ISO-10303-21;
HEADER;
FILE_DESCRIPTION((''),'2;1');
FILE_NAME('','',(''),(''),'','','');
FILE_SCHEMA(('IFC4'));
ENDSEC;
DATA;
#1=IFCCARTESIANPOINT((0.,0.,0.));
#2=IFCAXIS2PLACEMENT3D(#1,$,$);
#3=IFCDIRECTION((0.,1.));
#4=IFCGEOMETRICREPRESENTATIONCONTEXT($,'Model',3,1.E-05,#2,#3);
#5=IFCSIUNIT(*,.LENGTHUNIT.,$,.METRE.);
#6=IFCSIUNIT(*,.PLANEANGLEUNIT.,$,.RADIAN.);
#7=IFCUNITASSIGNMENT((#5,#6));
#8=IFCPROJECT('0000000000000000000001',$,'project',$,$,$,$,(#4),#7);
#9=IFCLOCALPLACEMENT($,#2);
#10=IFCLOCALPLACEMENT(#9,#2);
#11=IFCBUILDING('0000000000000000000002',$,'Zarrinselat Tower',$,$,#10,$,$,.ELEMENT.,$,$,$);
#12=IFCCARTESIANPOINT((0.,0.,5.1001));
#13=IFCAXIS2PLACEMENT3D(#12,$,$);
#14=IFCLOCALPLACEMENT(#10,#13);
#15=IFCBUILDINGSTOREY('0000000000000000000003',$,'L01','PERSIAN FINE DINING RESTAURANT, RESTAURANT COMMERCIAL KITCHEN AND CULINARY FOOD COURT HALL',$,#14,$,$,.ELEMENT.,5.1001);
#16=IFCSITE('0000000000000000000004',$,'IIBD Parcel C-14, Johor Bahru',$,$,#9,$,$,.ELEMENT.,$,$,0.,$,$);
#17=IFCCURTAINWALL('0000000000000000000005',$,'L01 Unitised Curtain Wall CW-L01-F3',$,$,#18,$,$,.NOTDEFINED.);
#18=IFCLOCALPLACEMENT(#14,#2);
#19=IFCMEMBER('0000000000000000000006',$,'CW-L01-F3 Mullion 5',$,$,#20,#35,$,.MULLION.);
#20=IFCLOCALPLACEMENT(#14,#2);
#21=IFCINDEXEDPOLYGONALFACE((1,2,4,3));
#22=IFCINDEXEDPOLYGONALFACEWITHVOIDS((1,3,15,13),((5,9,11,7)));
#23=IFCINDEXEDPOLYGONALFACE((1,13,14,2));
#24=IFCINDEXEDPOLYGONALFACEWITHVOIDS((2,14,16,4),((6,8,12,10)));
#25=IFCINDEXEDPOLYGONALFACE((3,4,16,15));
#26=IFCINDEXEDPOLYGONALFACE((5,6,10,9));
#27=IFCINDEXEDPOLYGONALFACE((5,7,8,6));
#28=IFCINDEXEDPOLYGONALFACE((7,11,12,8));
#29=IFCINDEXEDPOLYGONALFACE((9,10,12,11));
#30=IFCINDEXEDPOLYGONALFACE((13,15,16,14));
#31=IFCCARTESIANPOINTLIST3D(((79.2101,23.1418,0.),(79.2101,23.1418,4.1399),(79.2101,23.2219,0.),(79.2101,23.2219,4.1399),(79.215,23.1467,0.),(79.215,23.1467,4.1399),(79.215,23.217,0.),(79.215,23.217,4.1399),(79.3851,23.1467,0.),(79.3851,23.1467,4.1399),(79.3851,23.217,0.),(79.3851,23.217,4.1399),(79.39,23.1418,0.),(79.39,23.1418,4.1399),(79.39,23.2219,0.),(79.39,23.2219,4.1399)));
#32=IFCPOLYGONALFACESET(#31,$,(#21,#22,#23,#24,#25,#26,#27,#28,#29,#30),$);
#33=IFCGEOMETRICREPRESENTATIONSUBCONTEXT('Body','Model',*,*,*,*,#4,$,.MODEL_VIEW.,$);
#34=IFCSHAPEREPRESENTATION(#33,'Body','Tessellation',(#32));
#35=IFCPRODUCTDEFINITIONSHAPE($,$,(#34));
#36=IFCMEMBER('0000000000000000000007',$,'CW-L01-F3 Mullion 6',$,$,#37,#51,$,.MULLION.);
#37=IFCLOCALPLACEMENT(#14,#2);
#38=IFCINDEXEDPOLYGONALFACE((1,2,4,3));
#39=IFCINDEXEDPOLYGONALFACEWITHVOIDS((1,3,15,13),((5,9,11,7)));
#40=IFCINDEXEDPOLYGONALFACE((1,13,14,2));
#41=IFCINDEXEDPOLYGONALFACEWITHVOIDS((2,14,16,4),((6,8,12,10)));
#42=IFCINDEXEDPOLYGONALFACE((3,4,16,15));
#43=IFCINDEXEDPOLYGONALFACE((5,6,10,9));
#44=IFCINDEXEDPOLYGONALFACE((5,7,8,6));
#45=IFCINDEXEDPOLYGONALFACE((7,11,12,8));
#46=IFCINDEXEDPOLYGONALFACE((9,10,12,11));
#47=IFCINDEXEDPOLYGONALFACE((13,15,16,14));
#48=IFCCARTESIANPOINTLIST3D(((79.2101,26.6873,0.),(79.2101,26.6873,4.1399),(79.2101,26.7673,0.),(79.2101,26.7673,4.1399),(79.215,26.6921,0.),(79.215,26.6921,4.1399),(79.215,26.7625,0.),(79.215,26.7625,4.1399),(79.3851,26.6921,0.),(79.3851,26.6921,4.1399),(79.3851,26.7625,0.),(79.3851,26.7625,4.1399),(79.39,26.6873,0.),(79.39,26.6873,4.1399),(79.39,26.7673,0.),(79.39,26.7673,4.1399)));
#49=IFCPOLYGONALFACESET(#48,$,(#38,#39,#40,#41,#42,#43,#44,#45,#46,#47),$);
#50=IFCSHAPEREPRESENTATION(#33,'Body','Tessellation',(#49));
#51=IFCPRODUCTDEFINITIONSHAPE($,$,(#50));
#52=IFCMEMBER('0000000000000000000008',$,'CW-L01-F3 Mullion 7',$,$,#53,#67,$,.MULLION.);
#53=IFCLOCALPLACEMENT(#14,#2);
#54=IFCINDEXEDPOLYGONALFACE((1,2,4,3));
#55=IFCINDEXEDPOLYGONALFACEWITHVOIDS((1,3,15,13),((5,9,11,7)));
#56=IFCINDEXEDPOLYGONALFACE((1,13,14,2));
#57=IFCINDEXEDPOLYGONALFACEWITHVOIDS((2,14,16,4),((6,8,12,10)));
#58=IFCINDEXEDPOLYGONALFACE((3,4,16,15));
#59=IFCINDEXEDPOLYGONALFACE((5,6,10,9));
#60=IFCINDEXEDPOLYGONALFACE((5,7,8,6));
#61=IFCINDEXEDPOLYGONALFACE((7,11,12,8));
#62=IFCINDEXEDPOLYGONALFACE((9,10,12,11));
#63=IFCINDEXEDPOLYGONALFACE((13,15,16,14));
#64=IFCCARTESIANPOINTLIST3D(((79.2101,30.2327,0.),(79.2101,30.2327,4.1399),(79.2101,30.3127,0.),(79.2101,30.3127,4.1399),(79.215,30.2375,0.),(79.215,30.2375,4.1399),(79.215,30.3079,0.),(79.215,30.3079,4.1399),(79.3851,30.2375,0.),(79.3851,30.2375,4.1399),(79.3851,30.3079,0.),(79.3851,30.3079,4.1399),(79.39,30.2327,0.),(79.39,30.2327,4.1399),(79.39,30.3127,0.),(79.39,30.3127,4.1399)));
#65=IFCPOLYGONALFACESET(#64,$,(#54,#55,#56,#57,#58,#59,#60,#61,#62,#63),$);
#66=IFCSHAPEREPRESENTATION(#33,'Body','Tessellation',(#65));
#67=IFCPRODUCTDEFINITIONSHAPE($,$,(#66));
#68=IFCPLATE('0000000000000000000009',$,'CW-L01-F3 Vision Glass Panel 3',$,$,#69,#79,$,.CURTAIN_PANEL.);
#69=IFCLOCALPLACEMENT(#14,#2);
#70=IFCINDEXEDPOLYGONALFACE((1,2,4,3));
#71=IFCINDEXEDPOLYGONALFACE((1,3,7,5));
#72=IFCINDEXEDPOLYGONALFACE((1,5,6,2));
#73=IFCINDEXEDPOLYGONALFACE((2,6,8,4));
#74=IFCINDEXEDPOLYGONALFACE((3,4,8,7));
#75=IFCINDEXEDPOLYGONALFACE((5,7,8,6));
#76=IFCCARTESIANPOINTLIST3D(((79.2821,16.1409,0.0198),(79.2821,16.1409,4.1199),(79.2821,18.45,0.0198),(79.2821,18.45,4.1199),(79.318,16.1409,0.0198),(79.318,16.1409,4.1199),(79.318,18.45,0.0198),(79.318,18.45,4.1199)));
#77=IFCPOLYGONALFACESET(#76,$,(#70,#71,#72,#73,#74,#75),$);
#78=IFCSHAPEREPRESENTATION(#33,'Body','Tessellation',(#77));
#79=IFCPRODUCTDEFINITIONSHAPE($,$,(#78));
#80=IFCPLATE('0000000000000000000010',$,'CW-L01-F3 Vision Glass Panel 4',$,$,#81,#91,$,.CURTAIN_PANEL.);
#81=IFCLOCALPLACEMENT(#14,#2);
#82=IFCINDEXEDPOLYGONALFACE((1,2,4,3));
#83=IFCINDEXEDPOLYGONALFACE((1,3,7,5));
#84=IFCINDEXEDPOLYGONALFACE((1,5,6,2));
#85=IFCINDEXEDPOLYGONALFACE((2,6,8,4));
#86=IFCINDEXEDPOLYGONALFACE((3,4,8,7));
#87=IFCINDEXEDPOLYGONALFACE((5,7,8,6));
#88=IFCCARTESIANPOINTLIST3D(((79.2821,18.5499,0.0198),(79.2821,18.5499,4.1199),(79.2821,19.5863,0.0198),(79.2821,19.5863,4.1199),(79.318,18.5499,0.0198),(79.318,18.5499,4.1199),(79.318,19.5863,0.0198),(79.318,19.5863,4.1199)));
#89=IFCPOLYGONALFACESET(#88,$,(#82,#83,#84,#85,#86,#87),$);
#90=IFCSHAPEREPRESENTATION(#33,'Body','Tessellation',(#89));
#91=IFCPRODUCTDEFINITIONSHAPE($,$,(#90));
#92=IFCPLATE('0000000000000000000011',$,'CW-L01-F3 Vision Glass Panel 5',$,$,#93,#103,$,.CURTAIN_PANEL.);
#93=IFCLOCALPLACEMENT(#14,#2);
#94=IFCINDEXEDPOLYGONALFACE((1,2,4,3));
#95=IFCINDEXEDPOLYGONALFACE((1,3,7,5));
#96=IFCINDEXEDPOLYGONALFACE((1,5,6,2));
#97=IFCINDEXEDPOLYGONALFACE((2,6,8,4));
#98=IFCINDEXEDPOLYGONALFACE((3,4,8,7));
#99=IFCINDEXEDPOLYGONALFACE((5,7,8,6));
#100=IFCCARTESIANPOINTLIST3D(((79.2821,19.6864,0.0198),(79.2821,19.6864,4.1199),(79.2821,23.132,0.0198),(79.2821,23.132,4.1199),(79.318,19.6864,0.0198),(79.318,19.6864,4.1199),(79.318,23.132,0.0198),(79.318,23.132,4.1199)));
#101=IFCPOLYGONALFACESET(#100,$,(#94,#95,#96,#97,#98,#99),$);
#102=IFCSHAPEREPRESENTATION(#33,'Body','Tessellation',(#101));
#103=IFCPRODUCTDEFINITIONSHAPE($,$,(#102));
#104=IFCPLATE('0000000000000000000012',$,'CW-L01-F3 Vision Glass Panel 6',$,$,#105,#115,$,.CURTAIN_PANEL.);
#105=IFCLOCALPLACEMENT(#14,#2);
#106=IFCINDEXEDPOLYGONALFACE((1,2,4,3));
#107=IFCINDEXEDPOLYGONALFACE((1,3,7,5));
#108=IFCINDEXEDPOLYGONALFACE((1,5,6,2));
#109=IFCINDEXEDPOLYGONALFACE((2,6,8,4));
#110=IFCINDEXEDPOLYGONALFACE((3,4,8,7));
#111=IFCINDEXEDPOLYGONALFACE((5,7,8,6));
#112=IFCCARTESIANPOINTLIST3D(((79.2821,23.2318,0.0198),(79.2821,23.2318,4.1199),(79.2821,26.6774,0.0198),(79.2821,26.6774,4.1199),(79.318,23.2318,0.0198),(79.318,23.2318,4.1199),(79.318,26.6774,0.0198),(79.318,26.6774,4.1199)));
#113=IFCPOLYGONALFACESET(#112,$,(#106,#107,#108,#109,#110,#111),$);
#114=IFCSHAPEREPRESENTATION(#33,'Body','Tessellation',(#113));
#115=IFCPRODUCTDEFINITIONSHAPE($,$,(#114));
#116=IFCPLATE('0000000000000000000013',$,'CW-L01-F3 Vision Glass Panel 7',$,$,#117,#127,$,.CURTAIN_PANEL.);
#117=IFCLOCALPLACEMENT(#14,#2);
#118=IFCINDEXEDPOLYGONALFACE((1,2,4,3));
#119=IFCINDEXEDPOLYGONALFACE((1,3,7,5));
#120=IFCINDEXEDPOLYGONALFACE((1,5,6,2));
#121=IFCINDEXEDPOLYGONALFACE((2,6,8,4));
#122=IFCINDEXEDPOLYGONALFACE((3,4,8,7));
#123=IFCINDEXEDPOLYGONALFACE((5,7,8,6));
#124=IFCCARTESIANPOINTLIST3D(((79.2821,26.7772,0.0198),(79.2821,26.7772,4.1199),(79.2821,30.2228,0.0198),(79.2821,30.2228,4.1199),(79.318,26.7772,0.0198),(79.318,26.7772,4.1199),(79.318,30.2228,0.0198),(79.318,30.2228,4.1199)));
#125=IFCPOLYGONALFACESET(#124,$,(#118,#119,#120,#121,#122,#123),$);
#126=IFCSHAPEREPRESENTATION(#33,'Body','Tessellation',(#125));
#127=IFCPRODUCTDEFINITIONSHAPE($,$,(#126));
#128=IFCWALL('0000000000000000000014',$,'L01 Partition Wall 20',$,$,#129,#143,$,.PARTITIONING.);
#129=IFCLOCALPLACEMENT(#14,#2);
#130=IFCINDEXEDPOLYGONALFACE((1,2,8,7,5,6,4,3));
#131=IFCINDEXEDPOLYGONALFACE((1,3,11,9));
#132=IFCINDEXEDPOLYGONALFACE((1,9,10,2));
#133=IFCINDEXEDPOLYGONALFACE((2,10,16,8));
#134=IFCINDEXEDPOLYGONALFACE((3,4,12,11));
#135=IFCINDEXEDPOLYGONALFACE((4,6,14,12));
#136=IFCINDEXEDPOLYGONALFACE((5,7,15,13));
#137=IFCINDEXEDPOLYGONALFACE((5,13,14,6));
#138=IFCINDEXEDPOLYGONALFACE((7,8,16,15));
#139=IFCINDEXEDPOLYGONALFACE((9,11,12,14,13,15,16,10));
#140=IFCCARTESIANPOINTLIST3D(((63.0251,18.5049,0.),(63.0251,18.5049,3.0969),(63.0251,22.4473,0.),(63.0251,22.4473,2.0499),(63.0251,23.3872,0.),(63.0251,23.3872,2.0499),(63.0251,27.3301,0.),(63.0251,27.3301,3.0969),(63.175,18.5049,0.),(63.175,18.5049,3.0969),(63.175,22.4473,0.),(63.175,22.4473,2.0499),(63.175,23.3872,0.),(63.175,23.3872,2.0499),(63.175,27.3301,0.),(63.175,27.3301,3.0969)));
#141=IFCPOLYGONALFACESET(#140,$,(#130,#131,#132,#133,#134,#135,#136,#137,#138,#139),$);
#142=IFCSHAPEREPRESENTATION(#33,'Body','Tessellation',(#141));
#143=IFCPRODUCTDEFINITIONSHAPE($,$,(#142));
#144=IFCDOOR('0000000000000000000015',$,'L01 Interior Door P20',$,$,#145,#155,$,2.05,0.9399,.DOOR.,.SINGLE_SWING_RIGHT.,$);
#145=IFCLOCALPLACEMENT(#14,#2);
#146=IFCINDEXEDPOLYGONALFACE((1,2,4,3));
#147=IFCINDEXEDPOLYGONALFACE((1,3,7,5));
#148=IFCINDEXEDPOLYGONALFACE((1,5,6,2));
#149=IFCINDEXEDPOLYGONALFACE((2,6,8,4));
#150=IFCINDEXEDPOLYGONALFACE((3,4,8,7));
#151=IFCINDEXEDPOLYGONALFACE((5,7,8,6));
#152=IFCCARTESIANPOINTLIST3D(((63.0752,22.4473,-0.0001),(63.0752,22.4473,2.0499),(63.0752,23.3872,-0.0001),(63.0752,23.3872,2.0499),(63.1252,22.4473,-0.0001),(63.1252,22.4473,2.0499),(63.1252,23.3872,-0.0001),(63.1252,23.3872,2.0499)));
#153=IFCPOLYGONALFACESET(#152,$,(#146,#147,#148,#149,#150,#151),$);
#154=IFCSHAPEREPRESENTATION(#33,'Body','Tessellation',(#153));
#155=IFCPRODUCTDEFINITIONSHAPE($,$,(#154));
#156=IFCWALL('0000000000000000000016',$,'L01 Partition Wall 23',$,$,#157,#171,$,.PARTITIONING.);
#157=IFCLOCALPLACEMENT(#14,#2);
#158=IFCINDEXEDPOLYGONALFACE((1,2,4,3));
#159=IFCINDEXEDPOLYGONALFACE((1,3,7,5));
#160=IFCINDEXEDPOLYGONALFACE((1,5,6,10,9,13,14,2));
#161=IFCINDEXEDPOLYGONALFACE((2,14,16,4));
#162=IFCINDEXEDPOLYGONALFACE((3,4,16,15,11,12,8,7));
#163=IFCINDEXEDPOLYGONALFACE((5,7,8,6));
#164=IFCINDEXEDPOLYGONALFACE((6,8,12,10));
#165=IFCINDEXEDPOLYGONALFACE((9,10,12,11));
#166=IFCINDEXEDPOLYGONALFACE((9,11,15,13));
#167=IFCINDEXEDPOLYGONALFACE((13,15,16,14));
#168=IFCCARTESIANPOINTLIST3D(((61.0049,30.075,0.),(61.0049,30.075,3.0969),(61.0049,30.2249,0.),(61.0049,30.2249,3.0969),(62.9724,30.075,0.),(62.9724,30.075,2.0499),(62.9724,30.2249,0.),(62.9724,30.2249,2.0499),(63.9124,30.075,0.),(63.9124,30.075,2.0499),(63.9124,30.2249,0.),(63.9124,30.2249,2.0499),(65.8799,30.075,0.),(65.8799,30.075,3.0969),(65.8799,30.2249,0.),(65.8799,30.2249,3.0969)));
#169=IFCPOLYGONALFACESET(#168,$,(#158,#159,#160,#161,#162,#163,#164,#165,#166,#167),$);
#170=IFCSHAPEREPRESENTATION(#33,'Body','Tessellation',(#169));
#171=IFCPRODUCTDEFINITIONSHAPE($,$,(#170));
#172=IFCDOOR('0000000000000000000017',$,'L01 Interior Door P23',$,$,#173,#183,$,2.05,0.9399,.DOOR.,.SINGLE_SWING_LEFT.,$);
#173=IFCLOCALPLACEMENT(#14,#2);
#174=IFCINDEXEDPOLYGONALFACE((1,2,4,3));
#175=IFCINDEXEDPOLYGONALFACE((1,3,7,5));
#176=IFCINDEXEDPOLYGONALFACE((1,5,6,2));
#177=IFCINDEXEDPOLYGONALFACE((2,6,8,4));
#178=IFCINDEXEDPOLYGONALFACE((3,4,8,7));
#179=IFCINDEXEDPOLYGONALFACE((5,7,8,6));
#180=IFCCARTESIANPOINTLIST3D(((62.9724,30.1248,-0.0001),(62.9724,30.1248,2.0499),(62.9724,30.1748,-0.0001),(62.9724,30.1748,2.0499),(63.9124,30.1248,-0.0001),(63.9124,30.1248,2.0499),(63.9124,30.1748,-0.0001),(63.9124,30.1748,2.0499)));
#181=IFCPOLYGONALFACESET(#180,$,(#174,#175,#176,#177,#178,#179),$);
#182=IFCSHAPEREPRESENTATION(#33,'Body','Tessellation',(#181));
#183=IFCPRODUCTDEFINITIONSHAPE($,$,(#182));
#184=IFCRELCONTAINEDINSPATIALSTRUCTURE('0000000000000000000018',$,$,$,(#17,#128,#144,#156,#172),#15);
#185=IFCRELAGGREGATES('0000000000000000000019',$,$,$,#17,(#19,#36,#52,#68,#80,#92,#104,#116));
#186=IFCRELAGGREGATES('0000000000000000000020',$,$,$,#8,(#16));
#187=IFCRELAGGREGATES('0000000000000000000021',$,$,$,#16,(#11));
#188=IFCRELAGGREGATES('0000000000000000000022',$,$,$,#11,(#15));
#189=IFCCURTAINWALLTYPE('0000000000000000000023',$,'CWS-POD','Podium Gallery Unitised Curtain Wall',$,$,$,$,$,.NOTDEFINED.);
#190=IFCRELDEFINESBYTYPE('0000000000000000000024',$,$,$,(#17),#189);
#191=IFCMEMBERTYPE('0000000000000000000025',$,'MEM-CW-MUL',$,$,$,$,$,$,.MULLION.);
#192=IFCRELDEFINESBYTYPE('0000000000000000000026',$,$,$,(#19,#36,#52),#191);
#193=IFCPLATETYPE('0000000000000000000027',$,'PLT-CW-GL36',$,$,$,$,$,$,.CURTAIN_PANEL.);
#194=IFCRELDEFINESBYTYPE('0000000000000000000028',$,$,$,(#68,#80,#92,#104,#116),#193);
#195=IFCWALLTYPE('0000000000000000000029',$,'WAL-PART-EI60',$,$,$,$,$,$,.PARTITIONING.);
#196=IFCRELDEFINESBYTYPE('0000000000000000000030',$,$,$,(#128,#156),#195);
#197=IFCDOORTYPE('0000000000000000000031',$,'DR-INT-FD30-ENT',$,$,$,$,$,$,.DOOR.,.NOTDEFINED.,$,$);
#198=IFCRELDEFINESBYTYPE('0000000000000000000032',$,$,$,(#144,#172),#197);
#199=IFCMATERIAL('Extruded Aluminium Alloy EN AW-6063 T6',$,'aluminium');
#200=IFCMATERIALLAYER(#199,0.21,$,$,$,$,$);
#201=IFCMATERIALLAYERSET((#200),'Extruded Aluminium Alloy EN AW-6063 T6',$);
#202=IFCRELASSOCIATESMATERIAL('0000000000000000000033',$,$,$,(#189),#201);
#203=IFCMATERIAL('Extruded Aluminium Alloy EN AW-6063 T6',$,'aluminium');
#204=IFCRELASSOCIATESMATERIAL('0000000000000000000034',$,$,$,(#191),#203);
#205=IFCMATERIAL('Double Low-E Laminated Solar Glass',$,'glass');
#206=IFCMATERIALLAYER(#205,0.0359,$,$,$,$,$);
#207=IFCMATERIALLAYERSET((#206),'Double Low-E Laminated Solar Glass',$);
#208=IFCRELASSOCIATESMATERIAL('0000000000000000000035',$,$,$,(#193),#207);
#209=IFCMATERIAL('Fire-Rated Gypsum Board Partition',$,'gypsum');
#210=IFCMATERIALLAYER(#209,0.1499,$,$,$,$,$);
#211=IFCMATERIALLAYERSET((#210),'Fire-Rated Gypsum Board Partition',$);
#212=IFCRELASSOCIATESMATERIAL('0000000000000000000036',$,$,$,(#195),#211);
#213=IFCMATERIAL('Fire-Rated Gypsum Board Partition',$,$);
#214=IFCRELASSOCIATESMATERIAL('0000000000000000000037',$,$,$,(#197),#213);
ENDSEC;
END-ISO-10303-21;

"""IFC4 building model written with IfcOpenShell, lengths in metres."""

from ifc_helpers import new_model, si_unit, direction, frame, frame_2d, origin, origin_2d, place, context, subcontext, project, spatial, rectangle, hollow_rectangle, extrude, material, layer, layer_set, material_profile, profile_set, type_object, element, fill, aggregate, save


model = new_model("IFC4")

# Units and contexts
model_context = context("Model", 3, precision=1e-05, world=origin(), true_north=direction((0.0, 1.0)))
body_context = subcontext(model_context, "Body", "Model", "MODEL_VIEW")
ifc_project = project(units=[si_unit("LENGTHUNIT", "METRE"), si_unit("PLANEANGLEUNIT", "RADIAN")], contexts=[model_context])

# Site, building, storey
site_placement = place(None, origin())
site = spatial("IfcSite", under=ifc_project, at=site_placement, Name="IIBD Parcel C-14, Johor Bahru", CompositionType="ELEMENT", RefElevation=0.0)
building_placement = place(site_placement, origin())
building = spatial("IfcBuilding", under=site, at=building_placement, Name="Zarrinselat Tower", CompositionType="ELEMENT")
storey_placement = place(building_placement, frame((0.0, 0.0, 5.1001)))
storey = spatial("IfcBuildingStorey", under=building, at=storey_placement, Name="L01", Description="PERSIAN FINE DINING RESTAURANT, RESTAURANT COMMERCIAL KITCHEN AND CULINARY FOOD COURT HALL", CompositionType="ELEMENT", Elevation=5.1001)

# Curtain wall, members, plates
ifc_material_1 = material(Name="Extruded Aluminium Alloy EN AW-6063 T6", Category="aluminium")
ifc_layer_1 = layer(ifc_material_1, 0.21)
ifc_layer_set_1 = layer_set([ifc_layer_1], Name="Extruded Aluminium Alloy EN AW-6063 T6")
curtain_wall_type = type_object("IfcCurtainWallType", Name="CWS-POD", Description="Podium Gallery Unitised Curtain Wall", PredefinedType="NOTDEFINED", material=ifc_layer_set_1)
curtain_wall_placement = place(storey_placement, origin())
curtain_wall = element("IfcCurtainWall", 1, at=curtain_wall_placement, inside=storey, type_object=curtain_wall_type, Name="L01 Unitised Curtain Wall CW-L01-F3", PredefinedType="NOTDEFINED")
ifc_material_2 = material(Name="Extruded Aluminium Alloy EN AW-6063 T6", Category="aluminium")
ifc_material_profile_1 = material_profile(ifc_material_2, hollow_rectangle(XDim=0.0801, YDim=0.1799, WallThickness=0.0049, at=origin_2d()), Name="RHS 180x80x5")
ifc_profile_set_1 = profile_set([ifc_material_profile_1], Name="Extruded Aluminium Alloy EN AW-6063 T6")
member_type = type_object("IfcMemberType", Name="MEM-CW-MUL", PredefinedType="MULLION", material=ifc_profile_set_1)
member_1_placement = place(storey_placement, frame((79.3, 23.1819, 0.0), z_axis=(0.0, 0.0, 1.0), x_axis=(0.0, 1.0, 0.0)))
member_1 = element("IfcMember", 2, at=member_1_placement, type_object=member_type, Name="CW-L01-F3 Mullion 5", PredefinedType="MULLION", context=body_context, shape_type="SweptSolid", body=[
    extrude(hollow_rectangle(XDim=0.0801, YDim=0.1799, WallThickness=0.0049, at=origin_2d()), origin(), (0.0, 0.0, 1.0), 4.1399),
])
member_2_placement = place(storey_placement, frame((79.3, 26.7273, 0.0), z_axis=(0.0, 0.0, 1.0), x_axis=(0.0, 1.0, 0.0)))
member_2 = element("IfcMember", 3, at=member_2_placement, type_object=member_type, Name="CW-L01-F3 Mullion 6", PredefinedType="MULLION", context=body_context, shape_type="SweptSolid", body=[
    extrude(hollow_rectangle(XDim=0.0801, YDim=0.1799, WallThickness=0.0049, at=origin_2d()), origin(), (0.0, 0.0, 1.0), 4.1399),
])
member_3_placement = place(storey_placement, frame((79.3, 30.2727, 0.0), z_axis=(0.0, 0.0, 1.0), x_axis=(0.0, 1.0, 0.0)))
member_3 = element("IfcMember", 4, at=member_3_placement, type_object=member_type, Name="CW-L01-F3 Mullion 7", PredefinedType="MULLION", context=body_context, shape_type="SweptSolid", body=[
    extrude(hollow_rectangle(XDim=0.0801, YDim=0.1799, WallThickness=0.0049, at=origin_2d()), origin(), (0.0, 0.0, 1.0), 4.1399),
])
ifc_material_3 = material(Name="Double Low-E Laminated Solar Glass", Category="glass")
ifc_layer_2 = layer(ifc_material_3, 0.0359)
ifc_layer_set_2 = layer_set([ifc_layer_2], Name="Double Low-E Laminated Solar Glass")
plate_type = type_object("IfcPlateType", Name="PLT-CW-GL36", PredefinedType="CURTAIN_PANEL", material=ifc_layer_set_2)
plate_1_placement = place(storey_placement, frame((79.3, 17.2954, 0.0198), z_axis=(0.0, 0.0, 1.0), x_axis=(0.0, 1.0, 0.0)))
plate_1 = element("IfcPlate", 5, at=plate_1_placement, type_object=plate_type, Name="CW-L01-F3 Vision Glass Panel 3", PredefinedType="CURTAIN_PANEL", context=body_context, shape_type="SweptSolid", body=[
    extrude(rectangle(XDim=2.3091, YDim=0.0359, at=origin_2d()), origin(), (0.0, 0.0, 1.0), 4.1001),
])
plate_2_placement = place(storey_placement, frame((79.3, 19.0681, 0.0198), z_axis=(0.0, 0.0, 1.0), x_axis=(0.0, 1.0, 0.0)))
plate_2 = element("IfcPlate", 6, at=plate_2_placement, type_object=plate_type, Name="CW-L01-F3 Vision Glass Panel 4", PredefinedType="CURTAIN_PANEL", context=body_context, shape_type="SweptSolid", body=[
    extrude(rectangle(XDim=1.0364, YDim=0.0359, at=origin_2d()), origin(), (0.0, 0.0, 1.0), 4.1001),
])
plate_3_placement = place(storey_placement, frame((79.3, 21.4092, 0.0198), z_axis=(0.0, 0.0, 1.0), x_axis=(0.0, 1.0, 0.0)))
plate_3 = element("IfcPlate", 7, at=plate_3_placement, type_object=plate_type, Name="CW-L01-F3 Vision Glass Panel 5", PredefinedType="CURTAIN_PANEL", context=body_context, shape_type="SweptSolid", body=[
    extrude(rectangle(XDim=3.4456, YDim=0.0359, at=origin_2d()), origin(), (0.0, 0.0, 1.0), 4.1001),
])
plate_4_placement = place(storey_placement, frame((79.3, 24.9546, 0.0198), z_axis=(0.0, 0.0, 1.0), x_axis=(0.0, 1.0, 0.0)))
plate_4 = element("IfcPlate", 8, at=plate_4_placement, type_object=plate_type, Name="CW-L01-F3 Vision Glass Panel 6", PredefinedType="CURTAIN_PANEL", context=body_context, shape_type="SweptSolid", body=[
    extrude(rectangle(XDim=3.4456, YDim=0.0359, at=origin_2d()), origin(), (0.0, 0.0, 1.0), 4.1001),
])
plate_5_placement = place(storey_placement, frame((79.3, 28.5, 0.0198), z_axis=(0.0, 0.0, 1.0), x_axis=(0.0, 1.0, 0.0)))
plate_5 = element("IfcPlate", 9, at=plate_5_placement, type_object=plate_type, Name="CW-L01-F3 Vision Glass Panel 7", PredefinedType="CURTAIN_PANEL", context=body_context, shape_type="SweptSolid", body=[
    extrude(rectangle(XDim=3.4456, YDim=0.0359, at=origin_2d()), origin(), (0.0, 0.0, 1.0), 4.1001),
])
aggregate(curtain_wall, [member_1, member_2, member_3, plate_1, plate_2, plate_3, plate_4, plate_5])

# Walls, openings, doors
ifc_material_4 = material(Name="Fire-Rated Gypsum Board Partition", Category="gypsum")
ifc_layer_3 = layer(ifc_material_4, 0.1499)
ifc_layer_set_3 = layer_set([ifc_layer_3], Name="Fire-Rated Gypsum Board Partition")
wall_type_1 = type_object("IfcWallType", Name="WAL-PART-EI60", PredefinedType="PARTITIONING", material=ifc_layer_set_3)
wall_1_placement = place(storey_placement, frame((63.1001, 18.5049, 0.0), z_axis=(0.0, 0.0, 1.0), x_axis=(0.0, 1.0, 0.0)))
wall_1 = element("IfcWall", 10, at=wall_1_placement, inside=storey, type_object=wall_type_1, Name="L01 Partition Wall 20", PredefinedType="PARTITIONING", context=body_context, shape_type="SweptSolid", body=[
    extrude(rectangle(XDim=8.8252, YDim=0.1499, at=frame_2d((4.4126, 0.0))), origin(), (0.0, 0.0, 1.0), 3.0969),
])
opening_1_placement = place(wall_1_placement, frame((3.9424, 0.0, 0.0)))
opening_1 = element("IfcOpeningElement", 11, at=opening_1_placement, cuts=wall_1, PredefinedType="OPENING", context=body_context, shape_type="SweptSolid", body=[
    extrude(rectangle(XDim=0.9399, YDim=2.05, at=frame_2d((0.47, 1.0249))), frame((0.0, 0.085, 0.0), z_axis=(0.0, -1.0, 0.0), x_axis=(1.0, 0.0, 0.0)), (0.0, 0.0, 1.0), 0.1699),
])
ifc_material_5 = material(Name="Fire-Rated Gypsum Board Partition")
door_type_1 = type_object("IfcDoorType", Name="DR-INT-FD30-ENT", OperationType="NOTDEFINED", PredefinedType="DOOR", material=ifc_material_5)
door_1_placement = place(opening_1_placement, origin())
door_1 = element("IfcDoor", 12, at=door_1_placement, inside=storey, type_object=door_type_1, Name="L01 Interior Door P20", OperationType="SINGLE_SWING_RIGHT", OverallHeight=2.05, OverallWidth=0.9399, PredefinedType="DOOR", context=body_context, shape_type="SweptSolid", body=[
    extrude(rectangle(XDim=0.9399, YDim=2.05, at=frame_2d((0.47, 1.0249))), frame((0.0, 0.0249, 0.0), z_axis=(0.0, -1.0, 0.0), x_axis=(1.0, 0.0, 0.0)), (0.0, 0.0, 1.0), 0.05),
])
fill(opening_1, door_1)
wall_2_placement = place(storey_placement, frame((61.0049, 30.1499, 0.0), z_axis=(0.0, 0.0, 1.0), x_axis=(1.0, 0.0, 0.0)))
wall_2 = element("IfcWall", 13, at=wall_2_placement, inside=storey, type_object=wall_type_1, Name="L01 Partition Wall 23", PredefinedType="PARTITIONING", context=body_context, shape_type="SweptSolid", body=[
    extrude(rectangle(XDim=4.875, YDim=0.1499, at=frame_2d((2.4375, 0.0))), origin(), (0.0, 0.0, 1.0), 3.0969),
])
opening_2_placement = place(wall_2_placement, frame((1.9675, 0.0, 0.0)))
opening_2 = element("IfcOpeningElement", 14, at=opening_2_placement, cuts=wall_2, PredefinedType="OPENING", context=body_context, shape_type="SweptSolid", body=[
    extrude(rectangle(XDim=0.9399, YDim=2.05, at=frame_2d((0.47, 1.0249))), frame((0.0, 0.085, 0.0), z_axis=(0.0, -1.0, 0.0), x_axis=(1.0, 0.0, 0.0)), (0.0, 0.0, 1.0), 0.1699),
])
door_2_placement = place(opening_2_placement, origin())
door_2 = element("IfcDoor", 15, at=door_2_placement, inside=storey, type_object=door_type_1, Name="L01 Interior Door P23", OperationType="SINGLE_SWING_LEFT", OverallHeight=2.05, OverallWidth=0.9399, PredefinedType="DOOR", context=body_context, shape_type="SweptSolid", body=[
    extrude(rectangle(XDim=0.9399, YDim=2.05, at=frame_2d((0.47, 1.0249))), frame((0.0, 0.0249, 0.0), z_axis=(0.0, -1.0, 0.0), x_axis=(1.0, 0.0, 0.0)), (0.0, 0.0, 1.0), 0.05),
])
fill(opening_2, door_2)

save(model, "model.ifc")
